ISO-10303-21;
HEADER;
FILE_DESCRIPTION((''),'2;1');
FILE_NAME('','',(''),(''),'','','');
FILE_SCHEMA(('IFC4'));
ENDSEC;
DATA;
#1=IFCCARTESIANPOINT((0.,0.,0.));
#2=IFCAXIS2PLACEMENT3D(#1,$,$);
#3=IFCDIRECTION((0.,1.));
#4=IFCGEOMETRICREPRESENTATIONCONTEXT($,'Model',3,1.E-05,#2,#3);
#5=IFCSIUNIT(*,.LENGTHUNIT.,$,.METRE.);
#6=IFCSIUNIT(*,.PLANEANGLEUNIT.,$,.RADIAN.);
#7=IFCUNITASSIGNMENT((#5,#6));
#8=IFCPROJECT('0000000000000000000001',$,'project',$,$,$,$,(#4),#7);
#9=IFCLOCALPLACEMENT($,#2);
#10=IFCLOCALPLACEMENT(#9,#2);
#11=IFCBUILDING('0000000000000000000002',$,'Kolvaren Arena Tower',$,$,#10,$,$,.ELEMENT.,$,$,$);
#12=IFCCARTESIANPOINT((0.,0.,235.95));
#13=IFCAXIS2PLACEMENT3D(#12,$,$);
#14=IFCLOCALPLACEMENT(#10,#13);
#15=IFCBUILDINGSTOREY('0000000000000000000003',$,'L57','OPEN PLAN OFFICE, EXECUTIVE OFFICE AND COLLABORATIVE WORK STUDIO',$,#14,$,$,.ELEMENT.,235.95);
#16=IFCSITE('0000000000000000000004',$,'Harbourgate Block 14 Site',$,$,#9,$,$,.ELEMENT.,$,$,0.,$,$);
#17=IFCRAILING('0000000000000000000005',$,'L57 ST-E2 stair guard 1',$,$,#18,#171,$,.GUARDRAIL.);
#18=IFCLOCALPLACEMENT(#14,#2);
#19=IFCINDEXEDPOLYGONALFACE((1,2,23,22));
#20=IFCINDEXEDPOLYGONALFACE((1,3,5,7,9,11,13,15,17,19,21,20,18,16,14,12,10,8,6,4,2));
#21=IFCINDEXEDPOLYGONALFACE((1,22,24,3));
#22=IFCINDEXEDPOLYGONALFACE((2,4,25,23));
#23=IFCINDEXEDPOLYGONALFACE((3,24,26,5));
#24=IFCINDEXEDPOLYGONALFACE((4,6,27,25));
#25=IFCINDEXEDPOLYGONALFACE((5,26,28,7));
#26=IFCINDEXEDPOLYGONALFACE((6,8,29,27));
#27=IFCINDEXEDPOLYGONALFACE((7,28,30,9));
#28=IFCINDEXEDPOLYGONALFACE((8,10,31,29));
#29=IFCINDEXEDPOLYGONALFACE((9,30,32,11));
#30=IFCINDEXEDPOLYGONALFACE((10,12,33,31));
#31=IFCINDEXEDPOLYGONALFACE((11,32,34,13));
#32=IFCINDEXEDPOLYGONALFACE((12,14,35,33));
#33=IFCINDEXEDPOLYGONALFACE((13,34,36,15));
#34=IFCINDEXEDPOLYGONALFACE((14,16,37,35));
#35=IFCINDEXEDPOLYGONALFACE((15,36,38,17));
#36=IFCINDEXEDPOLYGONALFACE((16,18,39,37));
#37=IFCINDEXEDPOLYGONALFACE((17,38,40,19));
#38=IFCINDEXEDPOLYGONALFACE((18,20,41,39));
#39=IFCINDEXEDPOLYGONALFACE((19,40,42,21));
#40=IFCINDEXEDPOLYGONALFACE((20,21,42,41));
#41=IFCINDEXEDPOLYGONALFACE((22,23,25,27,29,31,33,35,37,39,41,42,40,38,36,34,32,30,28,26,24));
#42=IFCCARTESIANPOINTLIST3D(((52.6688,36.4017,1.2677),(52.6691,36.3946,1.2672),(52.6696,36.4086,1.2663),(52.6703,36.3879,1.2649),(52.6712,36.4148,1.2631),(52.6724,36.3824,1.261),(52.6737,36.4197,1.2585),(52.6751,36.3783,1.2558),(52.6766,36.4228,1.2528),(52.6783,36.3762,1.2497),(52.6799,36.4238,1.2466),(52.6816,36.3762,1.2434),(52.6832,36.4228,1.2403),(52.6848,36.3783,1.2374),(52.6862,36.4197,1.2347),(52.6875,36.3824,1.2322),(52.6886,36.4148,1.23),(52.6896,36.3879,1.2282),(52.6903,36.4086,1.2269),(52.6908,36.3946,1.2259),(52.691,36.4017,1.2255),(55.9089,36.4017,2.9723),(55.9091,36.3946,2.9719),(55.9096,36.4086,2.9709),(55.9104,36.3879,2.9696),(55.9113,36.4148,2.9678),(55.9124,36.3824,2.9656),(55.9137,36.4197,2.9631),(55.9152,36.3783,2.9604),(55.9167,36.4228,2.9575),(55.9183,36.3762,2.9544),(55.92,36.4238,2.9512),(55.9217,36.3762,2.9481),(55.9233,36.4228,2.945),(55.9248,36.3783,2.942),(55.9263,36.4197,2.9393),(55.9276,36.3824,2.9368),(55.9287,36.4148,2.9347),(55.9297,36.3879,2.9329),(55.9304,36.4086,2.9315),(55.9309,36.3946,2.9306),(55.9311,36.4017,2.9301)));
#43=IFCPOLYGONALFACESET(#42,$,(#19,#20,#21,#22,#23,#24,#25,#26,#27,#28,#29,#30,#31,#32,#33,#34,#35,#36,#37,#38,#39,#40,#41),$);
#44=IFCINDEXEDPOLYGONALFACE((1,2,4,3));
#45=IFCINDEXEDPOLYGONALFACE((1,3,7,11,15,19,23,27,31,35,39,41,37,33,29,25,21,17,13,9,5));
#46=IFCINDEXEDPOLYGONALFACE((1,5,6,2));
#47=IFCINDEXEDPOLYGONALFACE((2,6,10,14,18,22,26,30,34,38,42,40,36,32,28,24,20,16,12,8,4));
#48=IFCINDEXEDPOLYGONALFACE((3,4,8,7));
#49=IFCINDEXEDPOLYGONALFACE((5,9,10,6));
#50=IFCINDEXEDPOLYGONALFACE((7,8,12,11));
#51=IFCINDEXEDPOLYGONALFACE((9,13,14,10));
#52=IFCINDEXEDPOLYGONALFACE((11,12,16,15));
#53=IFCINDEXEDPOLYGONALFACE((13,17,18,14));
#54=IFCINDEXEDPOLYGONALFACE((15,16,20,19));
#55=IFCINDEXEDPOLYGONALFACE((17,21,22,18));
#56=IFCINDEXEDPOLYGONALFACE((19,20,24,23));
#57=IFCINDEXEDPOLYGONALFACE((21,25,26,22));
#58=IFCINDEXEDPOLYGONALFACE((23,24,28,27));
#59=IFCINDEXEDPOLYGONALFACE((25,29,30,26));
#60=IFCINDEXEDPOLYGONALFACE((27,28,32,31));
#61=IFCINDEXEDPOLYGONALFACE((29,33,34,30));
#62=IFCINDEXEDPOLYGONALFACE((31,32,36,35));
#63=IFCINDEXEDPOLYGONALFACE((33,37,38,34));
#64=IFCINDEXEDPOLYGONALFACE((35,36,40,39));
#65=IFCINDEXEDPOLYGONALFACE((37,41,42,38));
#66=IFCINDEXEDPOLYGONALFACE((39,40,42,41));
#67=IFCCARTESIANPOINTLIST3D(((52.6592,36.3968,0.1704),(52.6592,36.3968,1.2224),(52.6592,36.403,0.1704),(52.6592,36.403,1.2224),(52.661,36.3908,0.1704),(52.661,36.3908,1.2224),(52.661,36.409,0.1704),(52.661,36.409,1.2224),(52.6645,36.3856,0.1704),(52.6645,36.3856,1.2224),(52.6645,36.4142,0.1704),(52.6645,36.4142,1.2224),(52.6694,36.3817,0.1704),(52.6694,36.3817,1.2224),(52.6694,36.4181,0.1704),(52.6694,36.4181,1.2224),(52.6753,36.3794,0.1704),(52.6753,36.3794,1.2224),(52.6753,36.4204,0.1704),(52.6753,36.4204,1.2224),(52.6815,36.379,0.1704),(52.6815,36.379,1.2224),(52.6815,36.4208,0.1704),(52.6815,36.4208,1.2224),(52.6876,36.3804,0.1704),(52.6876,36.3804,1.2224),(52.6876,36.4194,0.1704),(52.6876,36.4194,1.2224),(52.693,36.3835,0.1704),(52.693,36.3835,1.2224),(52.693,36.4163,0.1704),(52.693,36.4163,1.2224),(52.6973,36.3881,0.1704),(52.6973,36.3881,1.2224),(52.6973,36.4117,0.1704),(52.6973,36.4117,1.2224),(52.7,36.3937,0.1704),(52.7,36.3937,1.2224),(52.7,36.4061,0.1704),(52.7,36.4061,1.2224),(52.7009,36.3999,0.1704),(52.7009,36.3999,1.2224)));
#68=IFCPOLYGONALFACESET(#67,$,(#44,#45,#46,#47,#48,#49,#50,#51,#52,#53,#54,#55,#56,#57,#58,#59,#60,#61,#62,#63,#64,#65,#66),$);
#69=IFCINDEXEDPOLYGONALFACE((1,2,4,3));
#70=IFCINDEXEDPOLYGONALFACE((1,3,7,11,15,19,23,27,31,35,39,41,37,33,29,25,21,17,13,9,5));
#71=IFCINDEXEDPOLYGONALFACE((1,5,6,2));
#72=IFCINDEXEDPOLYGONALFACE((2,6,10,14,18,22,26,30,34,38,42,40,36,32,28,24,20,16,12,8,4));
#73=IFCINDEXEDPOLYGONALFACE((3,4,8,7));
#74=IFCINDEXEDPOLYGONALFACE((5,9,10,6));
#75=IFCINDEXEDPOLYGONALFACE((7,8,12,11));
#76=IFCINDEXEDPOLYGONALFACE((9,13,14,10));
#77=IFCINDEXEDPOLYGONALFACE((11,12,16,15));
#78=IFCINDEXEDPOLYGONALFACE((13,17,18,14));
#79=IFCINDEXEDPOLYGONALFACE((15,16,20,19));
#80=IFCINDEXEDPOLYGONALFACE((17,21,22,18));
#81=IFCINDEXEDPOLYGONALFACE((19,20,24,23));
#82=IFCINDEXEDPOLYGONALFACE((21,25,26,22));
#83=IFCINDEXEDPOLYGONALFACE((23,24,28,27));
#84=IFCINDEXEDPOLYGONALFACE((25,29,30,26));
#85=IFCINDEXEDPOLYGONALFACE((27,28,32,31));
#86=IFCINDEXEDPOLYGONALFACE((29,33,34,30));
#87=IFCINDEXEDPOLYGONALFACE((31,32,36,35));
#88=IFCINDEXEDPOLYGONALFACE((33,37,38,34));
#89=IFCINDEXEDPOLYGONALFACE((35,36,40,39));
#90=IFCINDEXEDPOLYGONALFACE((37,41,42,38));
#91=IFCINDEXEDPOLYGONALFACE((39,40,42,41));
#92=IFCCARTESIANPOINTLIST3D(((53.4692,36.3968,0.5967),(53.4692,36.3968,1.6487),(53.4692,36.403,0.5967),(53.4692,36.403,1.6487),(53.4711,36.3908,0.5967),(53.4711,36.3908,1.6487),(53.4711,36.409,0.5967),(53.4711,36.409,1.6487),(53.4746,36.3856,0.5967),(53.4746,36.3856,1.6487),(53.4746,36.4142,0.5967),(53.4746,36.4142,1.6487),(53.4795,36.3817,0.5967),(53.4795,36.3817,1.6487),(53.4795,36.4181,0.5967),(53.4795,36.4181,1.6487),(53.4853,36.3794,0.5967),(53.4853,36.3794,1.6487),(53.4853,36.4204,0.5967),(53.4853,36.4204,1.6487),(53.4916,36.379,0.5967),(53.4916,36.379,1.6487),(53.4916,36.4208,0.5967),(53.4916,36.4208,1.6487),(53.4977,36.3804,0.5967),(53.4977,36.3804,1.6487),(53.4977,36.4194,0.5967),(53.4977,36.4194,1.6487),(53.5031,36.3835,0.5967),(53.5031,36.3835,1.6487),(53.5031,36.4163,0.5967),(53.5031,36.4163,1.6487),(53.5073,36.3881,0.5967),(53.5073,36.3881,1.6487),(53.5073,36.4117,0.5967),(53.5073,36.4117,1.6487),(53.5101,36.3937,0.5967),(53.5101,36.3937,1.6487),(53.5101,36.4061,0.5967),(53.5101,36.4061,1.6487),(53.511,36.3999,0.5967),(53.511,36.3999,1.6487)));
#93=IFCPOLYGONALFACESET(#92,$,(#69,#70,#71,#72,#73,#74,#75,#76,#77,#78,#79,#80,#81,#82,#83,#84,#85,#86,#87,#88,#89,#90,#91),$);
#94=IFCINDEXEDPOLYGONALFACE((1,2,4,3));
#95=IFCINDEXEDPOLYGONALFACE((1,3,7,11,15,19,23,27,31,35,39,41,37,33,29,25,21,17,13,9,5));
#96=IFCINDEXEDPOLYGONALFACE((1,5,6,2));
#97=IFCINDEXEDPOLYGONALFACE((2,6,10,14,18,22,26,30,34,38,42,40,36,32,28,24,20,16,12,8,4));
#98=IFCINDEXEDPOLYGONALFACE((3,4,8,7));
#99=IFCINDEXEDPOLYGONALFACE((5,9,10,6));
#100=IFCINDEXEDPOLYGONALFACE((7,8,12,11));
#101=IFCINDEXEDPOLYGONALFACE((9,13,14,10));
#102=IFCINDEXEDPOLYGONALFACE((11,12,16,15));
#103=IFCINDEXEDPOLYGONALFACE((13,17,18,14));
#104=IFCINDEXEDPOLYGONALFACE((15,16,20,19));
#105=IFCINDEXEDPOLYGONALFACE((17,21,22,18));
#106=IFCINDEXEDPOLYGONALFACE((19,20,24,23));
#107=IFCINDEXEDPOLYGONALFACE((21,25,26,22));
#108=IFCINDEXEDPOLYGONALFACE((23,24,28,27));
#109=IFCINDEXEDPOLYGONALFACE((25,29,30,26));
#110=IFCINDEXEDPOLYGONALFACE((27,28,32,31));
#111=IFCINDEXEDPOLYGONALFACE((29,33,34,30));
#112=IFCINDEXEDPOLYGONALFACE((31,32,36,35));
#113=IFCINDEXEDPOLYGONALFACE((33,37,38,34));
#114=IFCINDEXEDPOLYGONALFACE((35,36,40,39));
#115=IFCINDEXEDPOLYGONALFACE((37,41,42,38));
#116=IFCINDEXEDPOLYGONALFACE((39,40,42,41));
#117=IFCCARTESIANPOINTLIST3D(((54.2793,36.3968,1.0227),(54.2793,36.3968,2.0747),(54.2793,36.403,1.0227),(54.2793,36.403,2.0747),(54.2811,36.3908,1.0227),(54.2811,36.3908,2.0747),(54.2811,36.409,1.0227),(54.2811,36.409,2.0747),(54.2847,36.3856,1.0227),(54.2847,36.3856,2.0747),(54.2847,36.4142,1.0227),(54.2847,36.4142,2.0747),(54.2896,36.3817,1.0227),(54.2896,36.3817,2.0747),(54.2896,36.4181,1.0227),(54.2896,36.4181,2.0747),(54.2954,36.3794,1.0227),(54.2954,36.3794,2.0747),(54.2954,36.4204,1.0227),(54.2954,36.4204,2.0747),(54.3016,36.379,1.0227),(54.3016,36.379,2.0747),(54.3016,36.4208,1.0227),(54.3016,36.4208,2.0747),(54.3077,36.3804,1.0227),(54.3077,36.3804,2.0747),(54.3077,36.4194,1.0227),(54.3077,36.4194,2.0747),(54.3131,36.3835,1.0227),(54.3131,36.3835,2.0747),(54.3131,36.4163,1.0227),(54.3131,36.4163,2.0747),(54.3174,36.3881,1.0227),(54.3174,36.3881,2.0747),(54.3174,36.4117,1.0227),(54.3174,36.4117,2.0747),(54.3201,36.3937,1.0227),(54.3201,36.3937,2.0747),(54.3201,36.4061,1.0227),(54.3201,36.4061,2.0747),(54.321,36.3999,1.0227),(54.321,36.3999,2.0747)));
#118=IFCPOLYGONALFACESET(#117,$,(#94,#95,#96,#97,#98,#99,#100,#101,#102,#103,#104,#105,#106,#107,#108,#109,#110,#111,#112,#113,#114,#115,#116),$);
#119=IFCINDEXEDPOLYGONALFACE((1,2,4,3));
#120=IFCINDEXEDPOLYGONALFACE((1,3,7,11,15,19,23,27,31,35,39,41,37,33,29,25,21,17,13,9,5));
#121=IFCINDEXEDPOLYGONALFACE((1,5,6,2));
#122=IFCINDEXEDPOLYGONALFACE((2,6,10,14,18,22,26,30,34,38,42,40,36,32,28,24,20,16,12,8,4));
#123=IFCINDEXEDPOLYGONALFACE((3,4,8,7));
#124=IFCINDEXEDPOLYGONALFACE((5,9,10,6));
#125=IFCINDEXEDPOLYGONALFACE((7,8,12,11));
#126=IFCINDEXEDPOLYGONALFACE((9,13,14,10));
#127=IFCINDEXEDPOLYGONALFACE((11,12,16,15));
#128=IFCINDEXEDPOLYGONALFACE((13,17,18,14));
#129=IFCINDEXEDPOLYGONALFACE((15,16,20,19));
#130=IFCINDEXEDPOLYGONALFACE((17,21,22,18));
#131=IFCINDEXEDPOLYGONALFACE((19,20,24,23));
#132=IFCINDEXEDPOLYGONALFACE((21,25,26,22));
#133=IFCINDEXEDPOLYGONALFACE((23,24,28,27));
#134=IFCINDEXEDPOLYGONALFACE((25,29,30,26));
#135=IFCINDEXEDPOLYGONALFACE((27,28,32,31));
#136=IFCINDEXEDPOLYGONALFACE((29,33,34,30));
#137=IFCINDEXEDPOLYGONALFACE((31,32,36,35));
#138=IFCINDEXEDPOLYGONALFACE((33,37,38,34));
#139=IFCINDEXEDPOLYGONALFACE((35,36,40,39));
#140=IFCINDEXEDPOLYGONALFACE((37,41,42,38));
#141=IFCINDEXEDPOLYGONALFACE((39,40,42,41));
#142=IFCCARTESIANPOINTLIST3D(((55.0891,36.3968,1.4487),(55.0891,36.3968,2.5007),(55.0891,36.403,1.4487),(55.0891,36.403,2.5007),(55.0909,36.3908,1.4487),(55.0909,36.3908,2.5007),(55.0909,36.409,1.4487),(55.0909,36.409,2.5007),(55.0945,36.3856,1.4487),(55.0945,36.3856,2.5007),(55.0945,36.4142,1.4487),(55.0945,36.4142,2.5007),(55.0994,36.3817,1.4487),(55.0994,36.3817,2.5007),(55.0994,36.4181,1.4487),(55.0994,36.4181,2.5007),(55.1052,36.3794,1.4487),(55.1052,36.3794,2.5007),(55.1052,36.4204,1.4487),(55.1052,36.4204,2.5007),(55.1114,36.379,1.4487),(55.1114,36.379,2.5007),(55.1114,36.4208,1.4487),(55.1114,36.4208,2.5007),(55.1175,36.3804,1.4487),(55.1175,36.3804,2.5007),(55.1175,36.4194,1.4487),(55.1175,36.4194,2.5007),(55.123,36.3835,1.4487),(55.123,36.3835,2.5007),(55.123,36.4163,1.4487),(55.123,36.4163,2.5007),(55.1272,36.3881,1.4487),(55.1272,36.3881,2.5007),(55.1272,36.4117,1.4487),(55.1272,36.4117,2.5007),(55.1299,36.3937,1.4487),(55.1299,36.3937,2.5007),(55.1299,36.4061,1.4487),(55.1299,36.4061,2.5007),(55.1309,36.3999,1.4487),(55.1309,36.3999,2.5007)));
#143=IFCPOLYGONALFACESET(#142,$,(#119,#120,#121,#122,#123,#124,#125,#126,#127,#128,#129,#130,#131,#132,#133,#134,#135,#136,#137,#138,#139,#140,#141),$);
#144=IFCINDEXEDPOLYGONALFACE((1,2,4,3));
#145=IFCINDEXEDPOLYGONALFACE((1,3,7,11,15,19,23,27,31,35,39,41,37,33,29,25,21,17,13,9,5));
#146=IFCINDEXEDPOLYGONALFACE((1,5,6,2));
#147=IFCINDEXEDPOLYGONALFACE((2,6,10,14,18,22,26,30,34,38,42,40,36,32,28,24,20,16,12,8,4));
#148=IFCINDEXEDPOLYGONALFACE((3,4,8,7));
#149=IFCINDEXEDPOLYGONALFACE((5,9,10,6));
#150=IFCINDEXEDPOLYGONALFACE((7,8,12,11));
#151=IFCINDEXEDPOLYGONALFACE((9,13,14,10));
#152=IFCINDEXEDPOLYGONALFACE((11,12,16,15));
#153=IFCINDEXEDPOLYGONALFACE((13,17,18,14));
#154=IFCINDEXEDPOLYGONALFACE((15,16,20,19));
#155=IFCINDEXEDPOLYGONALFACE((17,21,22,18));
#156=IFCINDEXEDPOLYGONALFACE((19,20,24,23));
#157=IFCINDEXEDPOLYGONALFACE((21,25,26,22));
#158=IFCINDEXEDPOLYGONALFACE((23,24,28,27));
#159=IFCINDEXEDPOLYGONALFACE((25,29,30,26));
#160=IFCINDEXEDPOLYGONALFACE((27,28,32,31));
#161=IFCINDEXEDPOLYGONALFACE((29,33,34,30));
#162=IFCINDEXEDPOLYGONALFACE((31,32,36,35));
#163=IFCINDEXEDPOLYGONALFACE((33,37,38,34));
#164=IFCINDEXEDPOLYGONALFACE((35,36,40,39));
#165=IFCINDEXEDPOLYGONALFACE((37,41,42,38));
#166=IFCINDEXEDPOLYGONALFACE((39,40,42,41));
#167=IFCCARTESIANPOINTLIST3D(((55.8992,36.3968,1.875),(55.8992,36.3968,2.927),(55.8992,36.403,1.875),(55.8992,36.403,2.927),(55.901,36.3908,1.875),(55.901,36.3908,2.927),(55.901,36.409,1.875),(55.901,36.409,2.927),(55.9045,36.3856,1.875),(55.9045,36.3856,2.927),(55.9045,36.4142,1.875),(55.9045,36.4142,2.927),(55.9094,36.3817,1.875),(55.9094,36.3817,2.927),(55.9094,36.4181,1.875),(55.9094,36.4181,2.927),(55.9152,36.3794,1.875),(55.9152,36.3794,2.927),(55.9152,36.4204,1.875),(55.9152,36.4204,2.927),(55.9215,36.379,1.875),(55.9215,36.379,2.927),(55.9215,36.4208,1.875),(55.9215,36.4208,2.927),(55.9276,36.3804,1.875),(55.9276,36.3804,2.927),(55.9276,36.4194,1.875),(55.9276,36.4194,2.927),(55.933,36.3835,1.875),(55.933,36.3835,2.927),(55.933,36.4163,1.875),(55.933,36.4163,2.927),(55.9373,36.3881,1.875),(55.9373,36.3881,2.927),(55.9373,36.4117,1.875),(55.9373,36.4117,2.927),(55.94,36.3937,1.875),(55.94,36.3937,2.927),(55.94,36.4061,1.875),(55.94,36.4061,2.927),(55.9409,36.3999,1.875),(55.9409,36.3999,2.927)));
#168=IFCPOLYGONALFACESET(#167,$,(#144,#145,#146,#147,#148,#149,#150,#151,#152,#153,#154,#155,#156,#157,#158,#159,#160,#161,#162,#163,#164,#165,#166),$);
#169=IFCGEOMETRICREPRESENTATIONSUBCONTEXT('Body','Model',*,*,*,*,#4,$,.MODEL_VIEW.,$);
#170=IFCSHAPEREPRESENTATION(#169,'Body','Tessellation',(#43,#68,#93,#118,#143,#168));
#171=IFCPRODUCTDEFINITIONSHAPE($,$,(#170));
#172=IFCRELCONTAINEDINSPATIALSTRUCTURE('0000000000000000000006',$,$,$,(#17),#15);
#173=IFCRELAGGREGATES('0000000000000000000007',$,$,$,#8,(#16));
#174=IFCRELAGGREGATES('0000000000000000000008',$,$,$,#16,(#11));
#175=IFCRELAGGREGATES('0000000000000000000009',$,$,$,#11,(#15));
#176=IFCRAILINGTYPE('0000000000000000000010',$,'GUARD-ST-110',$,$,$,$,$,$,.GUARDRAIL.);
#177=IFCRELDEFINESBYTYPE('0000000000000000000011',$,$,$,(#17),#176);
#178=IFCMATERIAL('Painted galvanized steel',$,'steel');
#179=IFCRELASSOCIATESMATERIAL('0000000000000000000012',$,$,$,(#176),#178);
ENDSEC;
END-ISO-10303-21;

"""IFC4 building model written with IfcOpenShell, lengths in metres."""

from ifc_helpers import new_model, si_unit, direction, frame, origin, origin_2d, place, context, subcontext, project, spatial, circle, extrude, material, type_object, element, save


model = new_model("IFC4")

# Units and contexts
model_context = context("Model", 3, precision=1e-05, world=origin(), true_north=direction((0.0, 1.0)))
body_context = subcontext(model_context, "Body", "Model", "MODEL_VIEW")
ifc_project = project(units=[si_unit("LENGTHUNIT", "METRE"), si_unit("PLANEANGLEUNIT", "RADIAN")], contexts=[model_context])

# Site, building, storey
site_placement = place(None, origin())
site = spatial("IfcSite", under=ifc_project, at=site_placement, Name="Harbourgate Block 14 Site", CompositionType="ELEMENT", RefElevation=0.0)
building_placement = place(site_placement, origin())
building = spatial("IfcBuilding", under=site, at=building_placement, Name="Kolvaren Arena Tower", CompositionType="ELEMENT")
storey_placement = place(building_placement, frame((0.0, 0.0, 235.95)))
storey = spatial("IfcBuildingStorey", under=building, at=storey_placement, Name="L57", Description="OPEN PLAN OFFICE, EXECUTIVE OFFICE AND COLLABORATIVE WORK STUDIO", CompositionType="ELEMENT", Elevation=235.95)

# Railing
ifc_material_1 = material(Name="Painted galvanized steel", Category="steel")
railing_type_1 = type_object("IfcRailingType", Name="GUARD-ST-110", PredefinedType="GUARDRAIL", material=ifc_material_1)
railing_1_placement = place(storey_placement, frame((52.6799, 36.3999, 0.1704)))
element("IfcRailing", 1, at=railing_1_placement, inside=storey, type_object=railing_type_1, Name="L57 ST-E2 stair guard 1", PredefinedType="GUARDRAIL", context=body_context, shape_type="SweptSolid", body=[
    extrude(circle(Radius=0.0239, at=origin_2d()), frame((0.0, 0.0, 1.0762), z_axis=(0.884993, 0.0, 0.465604), x_axis=(0.0, 1.0, 0.0)), (0.0, 0.0, 1.0), 3.6611),
    extrude(circle(Radius=0.021, at=origin_2d()), origin(), (0.0, 0.0, 1.0), 1.052),
    extrude(circle(Radius=0.021, at=origin_2d()), frame((0.8101, 0.0, 0.4263)), (0.0, 0.0, 1.0), 1.052),
    extrude(circle(Radius=0.021, at=origin_2d()), frame((1.6201, 0.0, 0.8523)), (0.0, 0.0, 1.0), 1.052),
    extrude(circle(Radius=0.021, at=origin_2d()), frame((2.4299, 0.0, 1.2783)), (0.0, 0.0, 1.0), 1.052),
    extrude(circle(Radius=0.021, at=origin_2d()), frame((3.24, 0.0, 1.7046)), (0.0, 0.0, 1.0), 1.052),
])

save(model, "model.ifc")
